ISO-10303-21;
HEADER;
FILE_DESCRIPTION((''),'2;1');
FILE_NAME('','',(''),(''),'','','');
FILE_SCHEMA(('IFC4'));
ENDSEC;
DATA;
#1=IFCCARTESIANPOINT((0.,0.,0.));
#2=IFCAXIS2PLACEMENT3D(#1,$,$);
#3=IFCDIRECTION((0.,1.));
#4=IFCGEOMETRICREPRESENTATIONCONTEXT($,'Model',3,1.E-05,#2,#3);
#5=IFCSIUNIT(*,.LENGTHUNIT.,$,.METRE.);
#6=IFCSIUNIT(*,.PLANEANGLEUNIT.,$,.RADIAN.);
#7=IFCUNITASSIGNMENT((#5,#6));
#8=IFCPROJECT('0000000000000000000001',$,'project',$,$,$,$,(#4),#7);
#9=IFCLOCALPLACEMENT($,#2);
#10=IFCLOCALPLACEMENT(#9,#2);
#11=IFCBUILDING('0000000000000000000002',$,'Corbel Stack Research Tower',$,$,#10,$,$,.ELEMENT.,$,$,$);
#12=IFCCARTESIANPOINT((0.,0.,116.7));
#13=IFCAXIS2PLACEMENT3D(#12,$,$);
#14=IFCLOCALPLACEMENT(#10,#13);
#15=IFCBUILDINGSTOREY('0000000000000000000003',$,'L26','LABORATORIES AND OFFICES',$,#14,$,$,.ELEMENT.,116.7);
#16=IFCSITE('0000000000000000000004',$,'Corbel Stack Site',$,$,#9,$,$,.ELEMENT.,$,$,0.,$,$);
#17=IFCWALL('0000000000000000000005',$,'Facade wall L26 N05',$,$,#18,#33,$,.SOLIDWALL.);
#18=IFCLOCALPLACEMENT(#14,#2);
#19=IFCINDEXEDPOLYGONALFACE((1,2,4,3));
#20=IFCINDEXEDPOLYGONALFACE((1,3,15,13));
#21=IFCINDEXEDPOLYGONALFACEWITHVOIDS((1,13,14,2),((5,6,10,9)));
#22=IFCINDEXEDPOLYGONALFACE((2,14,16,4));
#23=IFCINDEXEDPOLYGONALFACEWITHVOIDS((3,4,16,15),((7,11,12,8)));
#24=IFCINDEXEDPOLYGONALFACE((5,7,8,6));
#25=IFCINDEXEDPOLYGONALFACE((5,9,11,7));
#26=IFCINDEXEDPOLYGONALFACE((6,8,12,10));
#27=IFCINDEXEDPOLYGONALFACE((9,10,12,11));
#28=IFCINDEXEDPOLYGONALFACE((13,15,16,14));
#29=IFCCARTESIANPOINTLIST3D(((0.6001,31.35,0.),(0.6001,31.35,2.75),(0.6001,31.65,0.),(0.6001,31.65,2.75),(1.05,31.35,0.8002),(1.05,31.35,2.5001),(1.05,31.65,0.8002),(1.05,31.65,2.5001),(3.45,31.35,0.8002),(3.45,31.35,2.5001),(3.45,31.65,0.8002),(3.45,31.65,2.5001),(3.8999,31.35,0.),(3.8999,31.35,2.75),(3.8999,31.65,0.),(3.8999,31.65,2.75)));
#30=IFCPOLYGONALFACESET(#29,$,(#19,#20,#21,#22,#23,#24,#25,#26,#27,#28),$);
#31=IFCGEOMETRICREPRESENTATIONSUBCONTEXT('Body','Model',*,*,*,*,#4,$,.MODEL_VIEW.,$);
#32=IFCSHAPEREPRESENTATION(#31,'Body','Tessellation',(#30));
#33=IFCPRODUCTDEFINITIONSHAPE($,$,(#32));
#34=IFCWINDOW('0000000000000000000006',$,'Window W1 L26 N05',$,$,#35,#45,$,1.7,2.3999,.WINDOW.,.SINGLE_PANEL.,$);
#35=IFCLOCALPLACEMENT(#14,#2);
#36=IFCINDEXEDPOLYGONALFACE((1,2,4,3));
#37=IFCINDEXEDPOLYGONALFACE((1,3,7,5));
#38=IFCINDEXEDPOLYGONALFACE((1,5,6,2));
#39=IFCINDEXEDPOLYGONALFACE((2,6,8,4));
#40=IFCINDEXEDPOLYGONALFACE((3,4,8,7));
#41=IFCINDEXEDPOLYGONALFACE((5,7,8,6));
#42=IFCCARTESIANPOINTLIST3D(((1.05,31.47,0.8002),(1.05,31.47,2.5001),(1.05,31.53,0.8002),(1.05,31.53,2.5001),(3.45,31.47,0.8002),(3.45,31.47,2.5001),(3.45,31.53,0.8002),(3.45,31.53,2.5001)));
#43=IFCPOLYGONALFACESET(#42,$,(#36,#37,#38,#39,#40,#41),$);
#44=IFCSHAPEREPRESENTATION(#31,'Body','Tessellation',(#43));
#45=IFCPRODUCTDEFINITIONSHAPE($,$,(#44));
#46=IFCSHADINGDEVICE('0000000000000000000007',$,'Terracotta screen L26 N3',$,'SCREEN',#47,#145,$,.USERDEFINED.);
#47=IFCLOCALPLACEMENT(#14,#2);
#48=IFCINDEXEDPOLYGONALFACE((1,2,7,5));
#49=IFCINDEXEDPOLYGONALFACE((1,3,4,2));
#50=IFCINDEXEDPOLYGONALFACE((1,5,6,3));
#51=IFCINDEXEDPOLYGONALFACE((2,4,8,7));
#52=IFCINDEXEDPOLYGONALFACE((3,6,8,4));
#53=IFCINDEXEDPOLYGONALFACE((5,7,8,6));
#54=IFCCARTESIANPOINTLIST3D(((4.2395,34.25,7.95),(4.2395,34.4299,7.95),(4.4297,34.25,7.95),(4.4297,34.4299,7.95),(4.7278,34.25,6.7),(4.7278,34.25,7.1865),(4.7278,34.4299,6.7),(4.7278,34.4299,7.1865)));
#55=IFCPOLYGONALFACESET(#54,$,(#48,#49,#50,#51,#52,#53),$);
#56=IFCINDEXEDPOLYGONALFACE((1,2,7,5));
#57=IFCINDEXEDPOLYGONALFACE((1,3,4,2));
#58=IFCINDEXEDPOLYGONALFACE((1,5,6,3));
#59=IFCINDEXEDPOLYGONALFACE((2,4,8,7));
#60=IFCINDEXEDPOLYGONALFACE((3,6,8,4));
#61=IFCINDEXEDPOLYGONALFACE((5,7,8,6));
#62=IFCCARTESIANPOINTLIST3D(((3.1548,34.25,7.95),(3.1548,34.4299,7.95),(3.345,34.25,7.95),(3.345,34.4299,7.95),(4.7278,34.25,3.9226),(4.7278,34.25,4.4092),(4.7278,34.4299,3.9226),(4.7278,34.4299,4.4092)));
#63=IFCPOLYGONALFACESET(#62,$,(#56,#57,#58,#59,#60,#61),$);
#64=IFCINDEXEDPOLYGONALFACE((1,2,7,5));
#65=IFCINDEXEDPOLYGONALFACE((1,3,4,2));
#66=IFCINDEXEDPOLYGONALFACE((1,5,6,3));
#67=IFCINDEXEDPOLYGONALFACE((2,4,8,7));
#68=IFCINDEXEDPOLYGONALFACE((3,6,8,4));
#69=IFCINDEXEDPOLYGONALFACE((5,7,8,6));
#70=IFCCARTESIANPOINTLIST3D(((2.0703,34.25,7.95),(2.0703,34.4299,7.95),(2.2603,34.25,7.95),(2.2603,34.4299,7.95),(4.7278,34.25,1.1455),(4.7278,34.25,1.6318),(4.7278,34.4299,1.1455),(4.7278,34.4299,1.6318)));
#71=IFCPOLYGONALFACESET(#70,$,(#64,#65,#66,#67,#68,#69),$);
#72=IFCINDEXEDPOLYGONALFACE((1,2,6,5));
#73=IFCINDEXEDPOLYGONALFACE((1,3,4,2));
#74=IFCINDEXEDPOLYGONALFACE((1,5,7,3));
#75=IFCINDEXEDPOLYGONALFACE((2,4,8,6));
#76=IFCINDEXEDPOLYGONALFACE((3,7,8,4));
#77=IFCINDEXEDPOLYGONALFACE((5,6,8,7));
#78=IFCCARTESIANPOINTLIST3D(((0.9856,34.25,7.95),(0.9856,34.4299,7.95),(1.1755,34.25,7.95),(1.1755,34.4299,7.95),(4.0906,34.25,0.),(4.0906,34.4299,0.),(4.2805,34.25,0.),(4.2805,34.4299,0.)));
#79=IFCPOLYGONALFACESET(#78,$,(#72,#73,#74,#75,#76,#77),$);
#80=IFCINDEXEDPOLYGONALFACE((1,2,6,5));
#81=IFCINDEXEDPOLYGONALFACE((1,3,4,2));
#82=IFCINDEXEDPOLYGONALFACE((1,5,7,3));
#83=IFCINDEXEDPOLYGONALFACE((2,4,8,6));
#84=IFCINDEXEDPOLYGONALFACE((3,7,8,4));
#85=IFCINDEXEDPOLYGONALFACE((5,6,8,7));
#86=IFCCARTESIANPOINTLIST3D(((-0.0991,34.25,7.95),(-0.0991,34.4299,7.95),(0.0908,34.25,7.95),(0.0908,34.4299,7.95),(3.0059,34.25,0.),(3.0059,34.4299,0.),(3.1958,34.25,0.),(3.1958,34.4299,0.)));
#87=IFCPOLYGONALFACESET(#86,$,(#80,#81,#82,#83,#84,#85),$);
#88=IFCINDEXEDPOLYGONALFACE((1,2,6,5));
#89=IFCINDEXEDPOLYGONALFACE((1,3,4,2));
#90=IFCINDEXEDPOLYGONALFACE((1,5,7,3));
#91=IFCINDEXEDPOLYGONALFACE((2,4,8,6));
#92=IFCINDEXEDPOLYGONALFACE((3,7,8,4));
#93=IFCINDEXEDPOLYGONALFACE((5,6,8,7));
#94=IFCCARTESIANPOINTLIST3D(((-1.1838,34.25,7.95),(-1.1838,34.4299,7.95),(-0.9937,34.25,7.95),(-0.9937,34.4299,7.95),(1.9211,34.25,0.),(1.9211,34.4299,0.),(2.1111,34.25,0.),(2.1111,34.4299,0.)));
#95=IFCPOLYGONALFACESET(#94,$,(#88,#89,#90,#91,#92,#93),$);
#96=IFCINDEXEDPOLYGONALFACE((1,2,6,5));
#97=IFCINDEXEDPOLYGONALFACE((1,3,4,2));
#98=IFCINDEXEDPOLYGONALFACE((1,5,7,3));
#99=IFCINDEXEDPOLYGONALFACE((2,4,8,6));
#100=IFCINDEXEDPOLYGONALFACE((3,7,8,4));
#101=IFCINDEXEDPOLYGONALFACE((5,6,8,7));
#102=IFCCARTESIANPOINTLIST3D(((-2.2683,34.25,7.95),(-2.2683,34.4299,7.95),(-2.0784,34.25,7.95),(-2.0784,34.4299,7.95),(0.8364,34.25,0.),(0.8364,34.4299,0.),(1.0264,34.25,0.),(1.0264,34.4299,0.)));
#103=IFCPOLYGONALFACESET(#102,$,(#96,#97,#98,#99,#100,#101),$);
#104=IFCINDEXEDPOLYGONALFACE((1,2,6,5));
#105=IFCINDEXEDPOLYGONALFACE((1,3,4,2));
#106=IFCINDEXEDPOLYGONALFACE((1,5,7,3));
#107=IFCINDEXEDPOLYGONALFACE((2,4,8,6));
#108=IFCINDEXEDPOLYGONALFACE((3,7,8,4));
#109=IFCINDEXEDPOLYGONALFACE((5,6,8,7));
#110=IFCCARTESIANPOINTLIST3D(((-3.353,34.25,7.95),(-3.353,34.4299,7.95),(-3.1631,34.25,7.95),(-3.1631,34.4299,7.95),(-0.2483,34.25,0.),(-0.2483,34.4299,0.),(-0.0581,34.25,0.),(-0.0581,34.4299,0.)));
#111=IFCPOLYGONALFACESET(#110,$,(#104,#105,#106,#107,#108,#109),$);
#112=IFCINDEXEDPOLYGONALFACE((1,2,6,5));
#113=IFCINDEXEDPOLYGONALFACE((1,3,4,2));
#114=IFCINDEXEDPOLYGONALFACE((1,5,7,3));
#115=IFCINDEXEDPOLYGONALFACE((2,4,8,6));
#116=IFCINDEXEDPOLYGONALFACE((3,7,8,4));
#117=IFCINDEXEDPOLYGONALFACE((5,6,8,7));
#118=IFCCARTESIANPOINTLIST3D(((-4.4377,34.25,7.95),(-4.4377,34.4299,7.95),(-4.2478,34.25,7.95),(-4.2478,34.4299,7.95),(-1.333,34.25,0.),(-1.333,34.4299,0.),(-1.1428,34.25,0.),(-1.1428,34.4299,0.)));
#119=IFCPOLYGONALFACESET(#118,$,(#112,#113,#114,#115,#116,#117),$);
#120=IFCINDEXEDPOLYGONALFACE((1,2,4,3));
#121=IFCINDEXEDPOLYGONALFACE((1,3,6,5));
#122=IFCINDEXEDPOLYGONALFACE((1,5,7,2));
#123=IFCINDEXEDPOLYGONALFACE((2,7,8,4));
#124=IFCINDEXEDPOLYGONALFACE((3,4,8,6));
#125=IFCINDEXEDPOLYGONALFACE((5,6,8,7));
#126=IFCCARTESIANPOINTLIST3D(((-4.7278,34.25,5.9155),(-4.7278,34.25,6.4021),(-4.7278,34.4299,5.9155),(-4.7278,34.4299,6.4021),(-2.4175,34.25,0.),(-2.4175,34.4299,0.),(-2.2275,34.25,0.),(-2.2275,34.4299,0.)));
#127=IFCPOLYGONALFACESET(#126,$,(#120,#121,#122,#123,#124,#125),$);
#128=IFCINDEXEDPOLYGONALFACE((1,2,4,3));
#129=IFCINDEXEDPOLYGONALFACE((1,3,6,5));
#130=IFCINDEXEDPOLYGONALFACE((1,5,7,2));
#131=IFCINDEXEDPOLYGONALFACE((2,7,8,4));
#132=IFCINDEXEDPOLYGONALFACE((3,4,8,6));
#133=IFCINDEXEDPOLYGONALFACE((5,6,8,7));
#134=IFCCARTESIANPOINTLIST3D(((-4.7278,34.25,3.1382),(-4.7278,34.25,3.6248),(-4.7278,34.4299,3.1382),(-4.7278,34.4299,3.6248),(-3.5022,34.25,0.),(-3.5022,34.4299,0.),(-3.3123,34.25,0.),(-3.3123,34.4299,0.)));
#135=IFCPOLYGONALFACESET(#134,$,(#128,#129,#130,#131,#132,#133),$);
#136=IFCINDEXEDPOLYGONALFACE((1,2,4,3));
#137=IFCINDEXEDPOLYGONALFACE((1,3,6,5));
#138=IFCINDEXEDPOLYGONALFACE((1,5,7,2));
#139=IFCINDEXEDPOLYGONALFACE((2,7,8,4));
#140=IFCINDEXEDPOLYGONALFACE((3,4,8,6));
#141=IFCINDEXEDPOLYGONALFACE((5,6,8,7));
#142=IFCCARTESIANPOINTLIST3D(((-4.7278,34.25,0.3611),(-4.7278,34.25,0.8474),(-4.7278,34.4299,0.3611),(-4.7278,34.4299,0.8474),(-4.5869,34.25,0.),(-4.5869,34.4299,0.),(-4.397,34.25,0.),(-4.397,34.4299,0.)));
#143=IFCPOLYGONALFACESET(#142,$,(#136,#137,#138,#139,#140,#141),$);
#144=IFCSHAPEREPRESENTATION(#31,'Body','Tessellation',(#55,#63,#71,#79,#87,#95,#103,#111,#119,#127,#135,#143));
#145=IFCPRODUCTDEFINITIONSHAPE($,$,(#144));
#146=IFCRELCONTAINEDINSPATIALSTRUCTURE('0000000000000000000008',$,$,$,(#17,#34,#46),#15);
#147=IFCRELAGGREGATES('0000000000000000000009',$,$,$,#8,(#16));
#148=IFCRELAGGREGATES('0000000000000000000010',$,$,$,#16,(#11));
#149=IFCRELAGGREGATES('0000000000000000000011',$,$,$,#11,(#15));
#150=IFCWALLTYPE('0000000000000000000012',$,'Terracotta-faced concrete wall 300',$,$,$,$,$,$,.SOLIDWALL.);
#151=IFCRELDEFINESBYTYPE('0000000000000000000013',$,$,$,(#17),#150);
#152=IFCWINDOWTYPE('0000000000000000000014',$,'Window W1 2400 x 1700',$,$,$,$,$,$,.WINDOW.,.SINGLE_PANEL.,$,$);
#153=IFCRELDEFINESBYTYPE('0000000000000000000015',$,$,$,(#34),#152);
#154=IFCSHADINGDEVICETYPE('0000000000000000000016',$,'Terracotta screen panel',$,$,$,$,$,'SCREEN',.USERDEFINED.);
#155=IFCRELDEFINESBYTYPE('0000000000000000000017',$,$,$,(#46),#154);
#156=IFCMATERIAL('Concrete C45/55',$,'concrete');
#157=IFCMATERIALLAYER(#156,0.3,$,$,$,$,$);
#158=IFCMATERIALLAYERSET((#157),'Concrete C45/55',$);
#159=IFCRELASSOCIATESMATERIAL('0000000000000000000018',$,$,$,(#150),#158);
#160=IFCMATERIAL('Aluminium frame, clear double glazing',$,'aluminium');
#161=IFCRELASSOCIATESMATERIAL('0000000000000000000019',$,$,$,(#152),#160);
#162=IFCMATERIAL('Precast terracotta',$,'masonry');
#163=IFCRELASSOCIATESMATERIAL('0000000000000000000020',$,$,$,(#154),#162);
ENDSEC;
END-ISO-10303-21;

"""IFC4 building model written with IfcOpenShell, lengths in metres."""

from ifc_helpers import new_model, si_unit, direction, frame, frame_2d, origin, place, context, subcontext, project, spatial, polyline, rectangle, outline, extrude, source, transform, mapped, material, layer, layer_set, type_object, element, fill, save


model = new_model("IFC4")

# Units and contexts
model_context = context("Model", 3, precision=1e-05, world=origin(), true_north=direction((0.0, 1.0)))
body_context = subcontext(model_context, "Body", "Model", "MODEL_VIEW")
ifc_project = project(units=[si_unit("LENGTHUNIT", "METRE"), si_unit("PLANEANGLEUNIT", "RADIAN")], contexts=[model_context])

# Site, building, storey
site_placement = place(None, origin())
site = spatial("IfcSite", under=ifc_project, at=site_placement, Name="Corbel Stack Site", CompositionType="ELEMENT", RefElevation=0.0)
building_placement = place(site_placement, origin())
building = spatial("IfcBuilding", under=site, at=building_placement, Name="Corbel Stack Research Tower", CompositionType="ELEMENT")
storey_placement = place(building_placement, frame((0.0, 0.0, 116.7)))
storey = spatial("IfcBuildingStorey", under=building, at=storey_placement, Name="L26", Description="LABORATORIES AND OFFICES", CompositionType="ELEMENT", Elevation=116.7)

# Shared definitions
ifc_material_1 = material(Name="Concrete C45/55", Category="concrete")
ifc_layer_1 = layer(ifc_material_1, 0.3)
ifc_layer_set_1 = layer_set([ifc_layer_1], Name="Concrete C45/55")
wall_type_1 = type_object("IfcWallType", Name="Terracotta-faced concrete wall 300", PredefinedType="SOLIDWALL", material=ifc_layer_set_1)

# Wall, opening, window
ifc_material_2 = material(Name="Aluminium frame, clear double glazing", Category="aluminium")
window_type = type_object("IfcWindowType", Name="Window W1 2400 x 1700", PartitioningType="SINGLE_PANEL", PredefinedType="WINDOW", material=ifc_material_2)
wall_1_placement = place(storey_placement, frame((0.6001, 31.5, 0.0), z_axis=(0.0, 0.0, 1.0), x_axis=(1.0, 0.0, 0.0)))
wall_1 = element("IfcWall", 1, at=wall_1_placement, inside=storey, type_object=wall_type_1, Name="Facade wall L26 N05", PredefinedType="SOLIDWALL", context=body_context, shape_type="SweptSolid", body=[
    extrude(rectangle(XDim=3.2998, YDim=0.3, at=frame_2d((1.6499, 0.0))), origin(), (0.0, 0.0, 1.0), 2.75),
])
opening_1_placement = place(wall_1_placement, frame((0.45, 0.0, 0.8)))
opening_1 = element("IfcOpeningElement", 2, at=opening_1_placement, cuts=wall_1, PredefinedType="OPENING", context=body_context, shape_type="SweptSolid", body=[
    extrude(rectangle(XDim=2.3999, YDim=1.7, at=frame_2d((1.2, 0.8501))), frame((0.0, 0.1599, 0.0), z_axis=(0.0, -1.0, 0.0), x_axis=(1.0, 0.0, 0.0)), (0.0, 0.0, 1.0), 0.3201),
])
window_1_placement = place(opening_1_placement, origin())
window_1 = element("IfcWindow", 3, at=window_1_placement, inside=storey, type_object=window_type, Name="Window W1 L26 N05", OverallHeight=1.7, OverallWidth=2.3999, PartitioningType="SINGLE_PANEL", PredefinedType="WINDOW", context=body_context, shape_type="SweptSolid", body=[
    extrude(rectangle(XDim=2.3999, YDim=1.7, at=frame_2d((1.2, 0.8501))), frame((0.0, 0.03, 0.0), z_axis=(0.0, -1.0, 0.0), x_axis=(1.0, 0.0, 0.0)), (0.0, 0.0, 1.0), 0.0601),
])
fill(opening_1, window_1)

# Shading device
ifc_material_3 = material(Name="Precast terracotta", Category="masonry")
shading_device_type = type_object("IfcShadingDeviceType", Name="Terracotta screen panel", ElementType="SCREEN", PredefinedType="USERDEFINED", material=ifc_material_3)
shared_shape_1 = source(origin(), body_context, "Body", "SweptSolid", [
    extrude(outline(polyline([(0.4883, 7.95), (0.2981, 7.95), (0.0, 7.1865), (0.0, 6.7), (0.4883, 7.95)])), frame((0.0, 0.0, 0.0), z_axis=(0.0, -1.0, 0.0), x_axis=(1.0, 0.0, 0.0)), (0.0, 0.0, 1.0), 0.1799),
    extrude(outline(polyline([(1.573, 7.95), (1.3828, 7.95), (0.0, 4.4092), (0.0, 3.9226), (1.573, 7.95)])), frame((0.0, 0.0, 0.0), z_axis=(0.0, -1.0, 0.0), x_axis=(1.0, 0.0, 0.0)), (0.0, 0.0, 1.0), 0.1799),
    extrude(outline(polyline([(2.6575, 7.95), (2.4675, 7.95), (0.0, 1.6318), (0.0, 1.1455), (2.6575, 7.95)])), frame((0.0, 0.0, 0.0), z_axis=(0.0, -1.0, 0.0), x_axis=(1.0, 0.0, 0.0)), (0.0, 0.0, 1.0), 0.1799),
    extrude(outline(polyline([(0.6372, 0.0), (3.7422, 7.95), (3.5522, 7.95), (0.4473, 0.0), (0.6372, 0.0)])), frame((0.0, 0.0, 0.0), z_axis=(0.0, -1.0, 0.0), x_axis=(1.0, 0.0, 0.0)), (0.0, 0.0, 1.0), 0.1799),
    extrude(outline(polyline([(1.7219, 0.0), (4.8269, 7.95), (4.637, 7.95), (1.532, 0.0), (1.7219, 0.0)])), frame((0.0, 0.0, 0.0), z_axis=(0.0, -1.0, 0.0), x_axis=(1.0, 0.0, 0.0)), (0.0, 0.0, 1.0), 0.1799),
    extrude(outline(polyline([(2.8066, 0.0), (5.9116, 7.95), (5.7214, 7.95), (2.6167, 0.0), (2.8066, 0.0)])), frame((0.0, 0.0, 0.0), z_axis=(0.0, -1.0, 0.0), x_axis=(1.0, 0.0, 0.0)), (0.0, 0.0, 1.0), 0.1799),
    extrude(outline(polyline([(3.8914, 0.0), (6.9961, 7.95), (6.8062, 7.95), (3.7014, 0.0), (3.8914, 0.0)])), frame((0.0, 0.0, 0.0), z_axis=(0.0, -1.0, 0.0), x_axis=(1.0, 0.0, 0.0)), (0.0, 0.0, 1.0), 0.1799),
    extrude(outline(polyline([(4.9761, 0.0), (8.0808, 7.95), (7.8909, 7.95), (4.7859, 0.0), (4.9761, 0.0)])), frame((0.0, 0.0, 0.0), z_axis=(0.0, -1.0, 0.0), x_axis=(1.0, 0.0, 0.0)), (0.0, 0.0, 1.0), 0.1799),
    extrude(outline(polyline([(6.0608, 0.0), (9.1655, 7.95), (8.9756, 7.95), (5.8706, 0.0), (6.0608, 0.0)])), frame((0.0, 0.0, 0.0), z_axis=(0.0, -1.0, 0.0), x_axis=(1.0, 0.0, 0.0)), (0.0, 0.0, 1.0), 0.1799),
    extrude(outline(polyline([(7.1453, 0.0), (9.4556, 5.9155), (9.4556, 6.4021), (6.9553, 0.0), (7.1453, 0.0)])), frame((0.0, 0.0, 0.0), z_axis=(0.0, -1.0, 0.0), x_axis=(1.0, 0.0, 0.0)), (0.0, 0.0, 1.0), 0.1799),
    extrude(outline(polyline([(8.23, 0.0), (9.4556, 3.1382), (9.4556, 3.6248), (8.04, 0.0), (8.23, 0.0)])), frame((0.0, 0.0, 0.0), z_axis=(0.0, -1.0, 0.0), x_axis=(1.0, 0.0, 0.0)), (0.0, 0.0, 1.0), 0.1799),
    extrude(outline(polyline([(9.3147, 0.0), (9.4556, 0.3611), (9.4556, 0.8474), (9.1248, 0.0), (9.3147, 0.0)])), frame((0.0, 0.0, 0.0), z_axis=(0.0, -1.0, 0.0), x_axis=(1.0, 0.0, 0.0)), (0.0, 0.0, 1.0), 0.1799),
])
shading_device_1_placement = place(storey_placement, frame((4.7278, 34.25, 0.0), z_axis=(0.0, 0.0, 1.0), x_axis=(-1.0, 0.0, 0.0)))
element("IfcShadingDevice", 4, at=shading_device_1_placement, inside=storey, type_object=shading_device_type, Name="Terracotta screen L26 N3", ObjectType="SCREEN", PredefinedType="USERDEFINED", context=body_context, shape_type="MappedRepresentation", body=[
    mapped(shared_shape_1, transform((0.0, 0.0, 0.0))),
])

save(model, "model.ifc")
